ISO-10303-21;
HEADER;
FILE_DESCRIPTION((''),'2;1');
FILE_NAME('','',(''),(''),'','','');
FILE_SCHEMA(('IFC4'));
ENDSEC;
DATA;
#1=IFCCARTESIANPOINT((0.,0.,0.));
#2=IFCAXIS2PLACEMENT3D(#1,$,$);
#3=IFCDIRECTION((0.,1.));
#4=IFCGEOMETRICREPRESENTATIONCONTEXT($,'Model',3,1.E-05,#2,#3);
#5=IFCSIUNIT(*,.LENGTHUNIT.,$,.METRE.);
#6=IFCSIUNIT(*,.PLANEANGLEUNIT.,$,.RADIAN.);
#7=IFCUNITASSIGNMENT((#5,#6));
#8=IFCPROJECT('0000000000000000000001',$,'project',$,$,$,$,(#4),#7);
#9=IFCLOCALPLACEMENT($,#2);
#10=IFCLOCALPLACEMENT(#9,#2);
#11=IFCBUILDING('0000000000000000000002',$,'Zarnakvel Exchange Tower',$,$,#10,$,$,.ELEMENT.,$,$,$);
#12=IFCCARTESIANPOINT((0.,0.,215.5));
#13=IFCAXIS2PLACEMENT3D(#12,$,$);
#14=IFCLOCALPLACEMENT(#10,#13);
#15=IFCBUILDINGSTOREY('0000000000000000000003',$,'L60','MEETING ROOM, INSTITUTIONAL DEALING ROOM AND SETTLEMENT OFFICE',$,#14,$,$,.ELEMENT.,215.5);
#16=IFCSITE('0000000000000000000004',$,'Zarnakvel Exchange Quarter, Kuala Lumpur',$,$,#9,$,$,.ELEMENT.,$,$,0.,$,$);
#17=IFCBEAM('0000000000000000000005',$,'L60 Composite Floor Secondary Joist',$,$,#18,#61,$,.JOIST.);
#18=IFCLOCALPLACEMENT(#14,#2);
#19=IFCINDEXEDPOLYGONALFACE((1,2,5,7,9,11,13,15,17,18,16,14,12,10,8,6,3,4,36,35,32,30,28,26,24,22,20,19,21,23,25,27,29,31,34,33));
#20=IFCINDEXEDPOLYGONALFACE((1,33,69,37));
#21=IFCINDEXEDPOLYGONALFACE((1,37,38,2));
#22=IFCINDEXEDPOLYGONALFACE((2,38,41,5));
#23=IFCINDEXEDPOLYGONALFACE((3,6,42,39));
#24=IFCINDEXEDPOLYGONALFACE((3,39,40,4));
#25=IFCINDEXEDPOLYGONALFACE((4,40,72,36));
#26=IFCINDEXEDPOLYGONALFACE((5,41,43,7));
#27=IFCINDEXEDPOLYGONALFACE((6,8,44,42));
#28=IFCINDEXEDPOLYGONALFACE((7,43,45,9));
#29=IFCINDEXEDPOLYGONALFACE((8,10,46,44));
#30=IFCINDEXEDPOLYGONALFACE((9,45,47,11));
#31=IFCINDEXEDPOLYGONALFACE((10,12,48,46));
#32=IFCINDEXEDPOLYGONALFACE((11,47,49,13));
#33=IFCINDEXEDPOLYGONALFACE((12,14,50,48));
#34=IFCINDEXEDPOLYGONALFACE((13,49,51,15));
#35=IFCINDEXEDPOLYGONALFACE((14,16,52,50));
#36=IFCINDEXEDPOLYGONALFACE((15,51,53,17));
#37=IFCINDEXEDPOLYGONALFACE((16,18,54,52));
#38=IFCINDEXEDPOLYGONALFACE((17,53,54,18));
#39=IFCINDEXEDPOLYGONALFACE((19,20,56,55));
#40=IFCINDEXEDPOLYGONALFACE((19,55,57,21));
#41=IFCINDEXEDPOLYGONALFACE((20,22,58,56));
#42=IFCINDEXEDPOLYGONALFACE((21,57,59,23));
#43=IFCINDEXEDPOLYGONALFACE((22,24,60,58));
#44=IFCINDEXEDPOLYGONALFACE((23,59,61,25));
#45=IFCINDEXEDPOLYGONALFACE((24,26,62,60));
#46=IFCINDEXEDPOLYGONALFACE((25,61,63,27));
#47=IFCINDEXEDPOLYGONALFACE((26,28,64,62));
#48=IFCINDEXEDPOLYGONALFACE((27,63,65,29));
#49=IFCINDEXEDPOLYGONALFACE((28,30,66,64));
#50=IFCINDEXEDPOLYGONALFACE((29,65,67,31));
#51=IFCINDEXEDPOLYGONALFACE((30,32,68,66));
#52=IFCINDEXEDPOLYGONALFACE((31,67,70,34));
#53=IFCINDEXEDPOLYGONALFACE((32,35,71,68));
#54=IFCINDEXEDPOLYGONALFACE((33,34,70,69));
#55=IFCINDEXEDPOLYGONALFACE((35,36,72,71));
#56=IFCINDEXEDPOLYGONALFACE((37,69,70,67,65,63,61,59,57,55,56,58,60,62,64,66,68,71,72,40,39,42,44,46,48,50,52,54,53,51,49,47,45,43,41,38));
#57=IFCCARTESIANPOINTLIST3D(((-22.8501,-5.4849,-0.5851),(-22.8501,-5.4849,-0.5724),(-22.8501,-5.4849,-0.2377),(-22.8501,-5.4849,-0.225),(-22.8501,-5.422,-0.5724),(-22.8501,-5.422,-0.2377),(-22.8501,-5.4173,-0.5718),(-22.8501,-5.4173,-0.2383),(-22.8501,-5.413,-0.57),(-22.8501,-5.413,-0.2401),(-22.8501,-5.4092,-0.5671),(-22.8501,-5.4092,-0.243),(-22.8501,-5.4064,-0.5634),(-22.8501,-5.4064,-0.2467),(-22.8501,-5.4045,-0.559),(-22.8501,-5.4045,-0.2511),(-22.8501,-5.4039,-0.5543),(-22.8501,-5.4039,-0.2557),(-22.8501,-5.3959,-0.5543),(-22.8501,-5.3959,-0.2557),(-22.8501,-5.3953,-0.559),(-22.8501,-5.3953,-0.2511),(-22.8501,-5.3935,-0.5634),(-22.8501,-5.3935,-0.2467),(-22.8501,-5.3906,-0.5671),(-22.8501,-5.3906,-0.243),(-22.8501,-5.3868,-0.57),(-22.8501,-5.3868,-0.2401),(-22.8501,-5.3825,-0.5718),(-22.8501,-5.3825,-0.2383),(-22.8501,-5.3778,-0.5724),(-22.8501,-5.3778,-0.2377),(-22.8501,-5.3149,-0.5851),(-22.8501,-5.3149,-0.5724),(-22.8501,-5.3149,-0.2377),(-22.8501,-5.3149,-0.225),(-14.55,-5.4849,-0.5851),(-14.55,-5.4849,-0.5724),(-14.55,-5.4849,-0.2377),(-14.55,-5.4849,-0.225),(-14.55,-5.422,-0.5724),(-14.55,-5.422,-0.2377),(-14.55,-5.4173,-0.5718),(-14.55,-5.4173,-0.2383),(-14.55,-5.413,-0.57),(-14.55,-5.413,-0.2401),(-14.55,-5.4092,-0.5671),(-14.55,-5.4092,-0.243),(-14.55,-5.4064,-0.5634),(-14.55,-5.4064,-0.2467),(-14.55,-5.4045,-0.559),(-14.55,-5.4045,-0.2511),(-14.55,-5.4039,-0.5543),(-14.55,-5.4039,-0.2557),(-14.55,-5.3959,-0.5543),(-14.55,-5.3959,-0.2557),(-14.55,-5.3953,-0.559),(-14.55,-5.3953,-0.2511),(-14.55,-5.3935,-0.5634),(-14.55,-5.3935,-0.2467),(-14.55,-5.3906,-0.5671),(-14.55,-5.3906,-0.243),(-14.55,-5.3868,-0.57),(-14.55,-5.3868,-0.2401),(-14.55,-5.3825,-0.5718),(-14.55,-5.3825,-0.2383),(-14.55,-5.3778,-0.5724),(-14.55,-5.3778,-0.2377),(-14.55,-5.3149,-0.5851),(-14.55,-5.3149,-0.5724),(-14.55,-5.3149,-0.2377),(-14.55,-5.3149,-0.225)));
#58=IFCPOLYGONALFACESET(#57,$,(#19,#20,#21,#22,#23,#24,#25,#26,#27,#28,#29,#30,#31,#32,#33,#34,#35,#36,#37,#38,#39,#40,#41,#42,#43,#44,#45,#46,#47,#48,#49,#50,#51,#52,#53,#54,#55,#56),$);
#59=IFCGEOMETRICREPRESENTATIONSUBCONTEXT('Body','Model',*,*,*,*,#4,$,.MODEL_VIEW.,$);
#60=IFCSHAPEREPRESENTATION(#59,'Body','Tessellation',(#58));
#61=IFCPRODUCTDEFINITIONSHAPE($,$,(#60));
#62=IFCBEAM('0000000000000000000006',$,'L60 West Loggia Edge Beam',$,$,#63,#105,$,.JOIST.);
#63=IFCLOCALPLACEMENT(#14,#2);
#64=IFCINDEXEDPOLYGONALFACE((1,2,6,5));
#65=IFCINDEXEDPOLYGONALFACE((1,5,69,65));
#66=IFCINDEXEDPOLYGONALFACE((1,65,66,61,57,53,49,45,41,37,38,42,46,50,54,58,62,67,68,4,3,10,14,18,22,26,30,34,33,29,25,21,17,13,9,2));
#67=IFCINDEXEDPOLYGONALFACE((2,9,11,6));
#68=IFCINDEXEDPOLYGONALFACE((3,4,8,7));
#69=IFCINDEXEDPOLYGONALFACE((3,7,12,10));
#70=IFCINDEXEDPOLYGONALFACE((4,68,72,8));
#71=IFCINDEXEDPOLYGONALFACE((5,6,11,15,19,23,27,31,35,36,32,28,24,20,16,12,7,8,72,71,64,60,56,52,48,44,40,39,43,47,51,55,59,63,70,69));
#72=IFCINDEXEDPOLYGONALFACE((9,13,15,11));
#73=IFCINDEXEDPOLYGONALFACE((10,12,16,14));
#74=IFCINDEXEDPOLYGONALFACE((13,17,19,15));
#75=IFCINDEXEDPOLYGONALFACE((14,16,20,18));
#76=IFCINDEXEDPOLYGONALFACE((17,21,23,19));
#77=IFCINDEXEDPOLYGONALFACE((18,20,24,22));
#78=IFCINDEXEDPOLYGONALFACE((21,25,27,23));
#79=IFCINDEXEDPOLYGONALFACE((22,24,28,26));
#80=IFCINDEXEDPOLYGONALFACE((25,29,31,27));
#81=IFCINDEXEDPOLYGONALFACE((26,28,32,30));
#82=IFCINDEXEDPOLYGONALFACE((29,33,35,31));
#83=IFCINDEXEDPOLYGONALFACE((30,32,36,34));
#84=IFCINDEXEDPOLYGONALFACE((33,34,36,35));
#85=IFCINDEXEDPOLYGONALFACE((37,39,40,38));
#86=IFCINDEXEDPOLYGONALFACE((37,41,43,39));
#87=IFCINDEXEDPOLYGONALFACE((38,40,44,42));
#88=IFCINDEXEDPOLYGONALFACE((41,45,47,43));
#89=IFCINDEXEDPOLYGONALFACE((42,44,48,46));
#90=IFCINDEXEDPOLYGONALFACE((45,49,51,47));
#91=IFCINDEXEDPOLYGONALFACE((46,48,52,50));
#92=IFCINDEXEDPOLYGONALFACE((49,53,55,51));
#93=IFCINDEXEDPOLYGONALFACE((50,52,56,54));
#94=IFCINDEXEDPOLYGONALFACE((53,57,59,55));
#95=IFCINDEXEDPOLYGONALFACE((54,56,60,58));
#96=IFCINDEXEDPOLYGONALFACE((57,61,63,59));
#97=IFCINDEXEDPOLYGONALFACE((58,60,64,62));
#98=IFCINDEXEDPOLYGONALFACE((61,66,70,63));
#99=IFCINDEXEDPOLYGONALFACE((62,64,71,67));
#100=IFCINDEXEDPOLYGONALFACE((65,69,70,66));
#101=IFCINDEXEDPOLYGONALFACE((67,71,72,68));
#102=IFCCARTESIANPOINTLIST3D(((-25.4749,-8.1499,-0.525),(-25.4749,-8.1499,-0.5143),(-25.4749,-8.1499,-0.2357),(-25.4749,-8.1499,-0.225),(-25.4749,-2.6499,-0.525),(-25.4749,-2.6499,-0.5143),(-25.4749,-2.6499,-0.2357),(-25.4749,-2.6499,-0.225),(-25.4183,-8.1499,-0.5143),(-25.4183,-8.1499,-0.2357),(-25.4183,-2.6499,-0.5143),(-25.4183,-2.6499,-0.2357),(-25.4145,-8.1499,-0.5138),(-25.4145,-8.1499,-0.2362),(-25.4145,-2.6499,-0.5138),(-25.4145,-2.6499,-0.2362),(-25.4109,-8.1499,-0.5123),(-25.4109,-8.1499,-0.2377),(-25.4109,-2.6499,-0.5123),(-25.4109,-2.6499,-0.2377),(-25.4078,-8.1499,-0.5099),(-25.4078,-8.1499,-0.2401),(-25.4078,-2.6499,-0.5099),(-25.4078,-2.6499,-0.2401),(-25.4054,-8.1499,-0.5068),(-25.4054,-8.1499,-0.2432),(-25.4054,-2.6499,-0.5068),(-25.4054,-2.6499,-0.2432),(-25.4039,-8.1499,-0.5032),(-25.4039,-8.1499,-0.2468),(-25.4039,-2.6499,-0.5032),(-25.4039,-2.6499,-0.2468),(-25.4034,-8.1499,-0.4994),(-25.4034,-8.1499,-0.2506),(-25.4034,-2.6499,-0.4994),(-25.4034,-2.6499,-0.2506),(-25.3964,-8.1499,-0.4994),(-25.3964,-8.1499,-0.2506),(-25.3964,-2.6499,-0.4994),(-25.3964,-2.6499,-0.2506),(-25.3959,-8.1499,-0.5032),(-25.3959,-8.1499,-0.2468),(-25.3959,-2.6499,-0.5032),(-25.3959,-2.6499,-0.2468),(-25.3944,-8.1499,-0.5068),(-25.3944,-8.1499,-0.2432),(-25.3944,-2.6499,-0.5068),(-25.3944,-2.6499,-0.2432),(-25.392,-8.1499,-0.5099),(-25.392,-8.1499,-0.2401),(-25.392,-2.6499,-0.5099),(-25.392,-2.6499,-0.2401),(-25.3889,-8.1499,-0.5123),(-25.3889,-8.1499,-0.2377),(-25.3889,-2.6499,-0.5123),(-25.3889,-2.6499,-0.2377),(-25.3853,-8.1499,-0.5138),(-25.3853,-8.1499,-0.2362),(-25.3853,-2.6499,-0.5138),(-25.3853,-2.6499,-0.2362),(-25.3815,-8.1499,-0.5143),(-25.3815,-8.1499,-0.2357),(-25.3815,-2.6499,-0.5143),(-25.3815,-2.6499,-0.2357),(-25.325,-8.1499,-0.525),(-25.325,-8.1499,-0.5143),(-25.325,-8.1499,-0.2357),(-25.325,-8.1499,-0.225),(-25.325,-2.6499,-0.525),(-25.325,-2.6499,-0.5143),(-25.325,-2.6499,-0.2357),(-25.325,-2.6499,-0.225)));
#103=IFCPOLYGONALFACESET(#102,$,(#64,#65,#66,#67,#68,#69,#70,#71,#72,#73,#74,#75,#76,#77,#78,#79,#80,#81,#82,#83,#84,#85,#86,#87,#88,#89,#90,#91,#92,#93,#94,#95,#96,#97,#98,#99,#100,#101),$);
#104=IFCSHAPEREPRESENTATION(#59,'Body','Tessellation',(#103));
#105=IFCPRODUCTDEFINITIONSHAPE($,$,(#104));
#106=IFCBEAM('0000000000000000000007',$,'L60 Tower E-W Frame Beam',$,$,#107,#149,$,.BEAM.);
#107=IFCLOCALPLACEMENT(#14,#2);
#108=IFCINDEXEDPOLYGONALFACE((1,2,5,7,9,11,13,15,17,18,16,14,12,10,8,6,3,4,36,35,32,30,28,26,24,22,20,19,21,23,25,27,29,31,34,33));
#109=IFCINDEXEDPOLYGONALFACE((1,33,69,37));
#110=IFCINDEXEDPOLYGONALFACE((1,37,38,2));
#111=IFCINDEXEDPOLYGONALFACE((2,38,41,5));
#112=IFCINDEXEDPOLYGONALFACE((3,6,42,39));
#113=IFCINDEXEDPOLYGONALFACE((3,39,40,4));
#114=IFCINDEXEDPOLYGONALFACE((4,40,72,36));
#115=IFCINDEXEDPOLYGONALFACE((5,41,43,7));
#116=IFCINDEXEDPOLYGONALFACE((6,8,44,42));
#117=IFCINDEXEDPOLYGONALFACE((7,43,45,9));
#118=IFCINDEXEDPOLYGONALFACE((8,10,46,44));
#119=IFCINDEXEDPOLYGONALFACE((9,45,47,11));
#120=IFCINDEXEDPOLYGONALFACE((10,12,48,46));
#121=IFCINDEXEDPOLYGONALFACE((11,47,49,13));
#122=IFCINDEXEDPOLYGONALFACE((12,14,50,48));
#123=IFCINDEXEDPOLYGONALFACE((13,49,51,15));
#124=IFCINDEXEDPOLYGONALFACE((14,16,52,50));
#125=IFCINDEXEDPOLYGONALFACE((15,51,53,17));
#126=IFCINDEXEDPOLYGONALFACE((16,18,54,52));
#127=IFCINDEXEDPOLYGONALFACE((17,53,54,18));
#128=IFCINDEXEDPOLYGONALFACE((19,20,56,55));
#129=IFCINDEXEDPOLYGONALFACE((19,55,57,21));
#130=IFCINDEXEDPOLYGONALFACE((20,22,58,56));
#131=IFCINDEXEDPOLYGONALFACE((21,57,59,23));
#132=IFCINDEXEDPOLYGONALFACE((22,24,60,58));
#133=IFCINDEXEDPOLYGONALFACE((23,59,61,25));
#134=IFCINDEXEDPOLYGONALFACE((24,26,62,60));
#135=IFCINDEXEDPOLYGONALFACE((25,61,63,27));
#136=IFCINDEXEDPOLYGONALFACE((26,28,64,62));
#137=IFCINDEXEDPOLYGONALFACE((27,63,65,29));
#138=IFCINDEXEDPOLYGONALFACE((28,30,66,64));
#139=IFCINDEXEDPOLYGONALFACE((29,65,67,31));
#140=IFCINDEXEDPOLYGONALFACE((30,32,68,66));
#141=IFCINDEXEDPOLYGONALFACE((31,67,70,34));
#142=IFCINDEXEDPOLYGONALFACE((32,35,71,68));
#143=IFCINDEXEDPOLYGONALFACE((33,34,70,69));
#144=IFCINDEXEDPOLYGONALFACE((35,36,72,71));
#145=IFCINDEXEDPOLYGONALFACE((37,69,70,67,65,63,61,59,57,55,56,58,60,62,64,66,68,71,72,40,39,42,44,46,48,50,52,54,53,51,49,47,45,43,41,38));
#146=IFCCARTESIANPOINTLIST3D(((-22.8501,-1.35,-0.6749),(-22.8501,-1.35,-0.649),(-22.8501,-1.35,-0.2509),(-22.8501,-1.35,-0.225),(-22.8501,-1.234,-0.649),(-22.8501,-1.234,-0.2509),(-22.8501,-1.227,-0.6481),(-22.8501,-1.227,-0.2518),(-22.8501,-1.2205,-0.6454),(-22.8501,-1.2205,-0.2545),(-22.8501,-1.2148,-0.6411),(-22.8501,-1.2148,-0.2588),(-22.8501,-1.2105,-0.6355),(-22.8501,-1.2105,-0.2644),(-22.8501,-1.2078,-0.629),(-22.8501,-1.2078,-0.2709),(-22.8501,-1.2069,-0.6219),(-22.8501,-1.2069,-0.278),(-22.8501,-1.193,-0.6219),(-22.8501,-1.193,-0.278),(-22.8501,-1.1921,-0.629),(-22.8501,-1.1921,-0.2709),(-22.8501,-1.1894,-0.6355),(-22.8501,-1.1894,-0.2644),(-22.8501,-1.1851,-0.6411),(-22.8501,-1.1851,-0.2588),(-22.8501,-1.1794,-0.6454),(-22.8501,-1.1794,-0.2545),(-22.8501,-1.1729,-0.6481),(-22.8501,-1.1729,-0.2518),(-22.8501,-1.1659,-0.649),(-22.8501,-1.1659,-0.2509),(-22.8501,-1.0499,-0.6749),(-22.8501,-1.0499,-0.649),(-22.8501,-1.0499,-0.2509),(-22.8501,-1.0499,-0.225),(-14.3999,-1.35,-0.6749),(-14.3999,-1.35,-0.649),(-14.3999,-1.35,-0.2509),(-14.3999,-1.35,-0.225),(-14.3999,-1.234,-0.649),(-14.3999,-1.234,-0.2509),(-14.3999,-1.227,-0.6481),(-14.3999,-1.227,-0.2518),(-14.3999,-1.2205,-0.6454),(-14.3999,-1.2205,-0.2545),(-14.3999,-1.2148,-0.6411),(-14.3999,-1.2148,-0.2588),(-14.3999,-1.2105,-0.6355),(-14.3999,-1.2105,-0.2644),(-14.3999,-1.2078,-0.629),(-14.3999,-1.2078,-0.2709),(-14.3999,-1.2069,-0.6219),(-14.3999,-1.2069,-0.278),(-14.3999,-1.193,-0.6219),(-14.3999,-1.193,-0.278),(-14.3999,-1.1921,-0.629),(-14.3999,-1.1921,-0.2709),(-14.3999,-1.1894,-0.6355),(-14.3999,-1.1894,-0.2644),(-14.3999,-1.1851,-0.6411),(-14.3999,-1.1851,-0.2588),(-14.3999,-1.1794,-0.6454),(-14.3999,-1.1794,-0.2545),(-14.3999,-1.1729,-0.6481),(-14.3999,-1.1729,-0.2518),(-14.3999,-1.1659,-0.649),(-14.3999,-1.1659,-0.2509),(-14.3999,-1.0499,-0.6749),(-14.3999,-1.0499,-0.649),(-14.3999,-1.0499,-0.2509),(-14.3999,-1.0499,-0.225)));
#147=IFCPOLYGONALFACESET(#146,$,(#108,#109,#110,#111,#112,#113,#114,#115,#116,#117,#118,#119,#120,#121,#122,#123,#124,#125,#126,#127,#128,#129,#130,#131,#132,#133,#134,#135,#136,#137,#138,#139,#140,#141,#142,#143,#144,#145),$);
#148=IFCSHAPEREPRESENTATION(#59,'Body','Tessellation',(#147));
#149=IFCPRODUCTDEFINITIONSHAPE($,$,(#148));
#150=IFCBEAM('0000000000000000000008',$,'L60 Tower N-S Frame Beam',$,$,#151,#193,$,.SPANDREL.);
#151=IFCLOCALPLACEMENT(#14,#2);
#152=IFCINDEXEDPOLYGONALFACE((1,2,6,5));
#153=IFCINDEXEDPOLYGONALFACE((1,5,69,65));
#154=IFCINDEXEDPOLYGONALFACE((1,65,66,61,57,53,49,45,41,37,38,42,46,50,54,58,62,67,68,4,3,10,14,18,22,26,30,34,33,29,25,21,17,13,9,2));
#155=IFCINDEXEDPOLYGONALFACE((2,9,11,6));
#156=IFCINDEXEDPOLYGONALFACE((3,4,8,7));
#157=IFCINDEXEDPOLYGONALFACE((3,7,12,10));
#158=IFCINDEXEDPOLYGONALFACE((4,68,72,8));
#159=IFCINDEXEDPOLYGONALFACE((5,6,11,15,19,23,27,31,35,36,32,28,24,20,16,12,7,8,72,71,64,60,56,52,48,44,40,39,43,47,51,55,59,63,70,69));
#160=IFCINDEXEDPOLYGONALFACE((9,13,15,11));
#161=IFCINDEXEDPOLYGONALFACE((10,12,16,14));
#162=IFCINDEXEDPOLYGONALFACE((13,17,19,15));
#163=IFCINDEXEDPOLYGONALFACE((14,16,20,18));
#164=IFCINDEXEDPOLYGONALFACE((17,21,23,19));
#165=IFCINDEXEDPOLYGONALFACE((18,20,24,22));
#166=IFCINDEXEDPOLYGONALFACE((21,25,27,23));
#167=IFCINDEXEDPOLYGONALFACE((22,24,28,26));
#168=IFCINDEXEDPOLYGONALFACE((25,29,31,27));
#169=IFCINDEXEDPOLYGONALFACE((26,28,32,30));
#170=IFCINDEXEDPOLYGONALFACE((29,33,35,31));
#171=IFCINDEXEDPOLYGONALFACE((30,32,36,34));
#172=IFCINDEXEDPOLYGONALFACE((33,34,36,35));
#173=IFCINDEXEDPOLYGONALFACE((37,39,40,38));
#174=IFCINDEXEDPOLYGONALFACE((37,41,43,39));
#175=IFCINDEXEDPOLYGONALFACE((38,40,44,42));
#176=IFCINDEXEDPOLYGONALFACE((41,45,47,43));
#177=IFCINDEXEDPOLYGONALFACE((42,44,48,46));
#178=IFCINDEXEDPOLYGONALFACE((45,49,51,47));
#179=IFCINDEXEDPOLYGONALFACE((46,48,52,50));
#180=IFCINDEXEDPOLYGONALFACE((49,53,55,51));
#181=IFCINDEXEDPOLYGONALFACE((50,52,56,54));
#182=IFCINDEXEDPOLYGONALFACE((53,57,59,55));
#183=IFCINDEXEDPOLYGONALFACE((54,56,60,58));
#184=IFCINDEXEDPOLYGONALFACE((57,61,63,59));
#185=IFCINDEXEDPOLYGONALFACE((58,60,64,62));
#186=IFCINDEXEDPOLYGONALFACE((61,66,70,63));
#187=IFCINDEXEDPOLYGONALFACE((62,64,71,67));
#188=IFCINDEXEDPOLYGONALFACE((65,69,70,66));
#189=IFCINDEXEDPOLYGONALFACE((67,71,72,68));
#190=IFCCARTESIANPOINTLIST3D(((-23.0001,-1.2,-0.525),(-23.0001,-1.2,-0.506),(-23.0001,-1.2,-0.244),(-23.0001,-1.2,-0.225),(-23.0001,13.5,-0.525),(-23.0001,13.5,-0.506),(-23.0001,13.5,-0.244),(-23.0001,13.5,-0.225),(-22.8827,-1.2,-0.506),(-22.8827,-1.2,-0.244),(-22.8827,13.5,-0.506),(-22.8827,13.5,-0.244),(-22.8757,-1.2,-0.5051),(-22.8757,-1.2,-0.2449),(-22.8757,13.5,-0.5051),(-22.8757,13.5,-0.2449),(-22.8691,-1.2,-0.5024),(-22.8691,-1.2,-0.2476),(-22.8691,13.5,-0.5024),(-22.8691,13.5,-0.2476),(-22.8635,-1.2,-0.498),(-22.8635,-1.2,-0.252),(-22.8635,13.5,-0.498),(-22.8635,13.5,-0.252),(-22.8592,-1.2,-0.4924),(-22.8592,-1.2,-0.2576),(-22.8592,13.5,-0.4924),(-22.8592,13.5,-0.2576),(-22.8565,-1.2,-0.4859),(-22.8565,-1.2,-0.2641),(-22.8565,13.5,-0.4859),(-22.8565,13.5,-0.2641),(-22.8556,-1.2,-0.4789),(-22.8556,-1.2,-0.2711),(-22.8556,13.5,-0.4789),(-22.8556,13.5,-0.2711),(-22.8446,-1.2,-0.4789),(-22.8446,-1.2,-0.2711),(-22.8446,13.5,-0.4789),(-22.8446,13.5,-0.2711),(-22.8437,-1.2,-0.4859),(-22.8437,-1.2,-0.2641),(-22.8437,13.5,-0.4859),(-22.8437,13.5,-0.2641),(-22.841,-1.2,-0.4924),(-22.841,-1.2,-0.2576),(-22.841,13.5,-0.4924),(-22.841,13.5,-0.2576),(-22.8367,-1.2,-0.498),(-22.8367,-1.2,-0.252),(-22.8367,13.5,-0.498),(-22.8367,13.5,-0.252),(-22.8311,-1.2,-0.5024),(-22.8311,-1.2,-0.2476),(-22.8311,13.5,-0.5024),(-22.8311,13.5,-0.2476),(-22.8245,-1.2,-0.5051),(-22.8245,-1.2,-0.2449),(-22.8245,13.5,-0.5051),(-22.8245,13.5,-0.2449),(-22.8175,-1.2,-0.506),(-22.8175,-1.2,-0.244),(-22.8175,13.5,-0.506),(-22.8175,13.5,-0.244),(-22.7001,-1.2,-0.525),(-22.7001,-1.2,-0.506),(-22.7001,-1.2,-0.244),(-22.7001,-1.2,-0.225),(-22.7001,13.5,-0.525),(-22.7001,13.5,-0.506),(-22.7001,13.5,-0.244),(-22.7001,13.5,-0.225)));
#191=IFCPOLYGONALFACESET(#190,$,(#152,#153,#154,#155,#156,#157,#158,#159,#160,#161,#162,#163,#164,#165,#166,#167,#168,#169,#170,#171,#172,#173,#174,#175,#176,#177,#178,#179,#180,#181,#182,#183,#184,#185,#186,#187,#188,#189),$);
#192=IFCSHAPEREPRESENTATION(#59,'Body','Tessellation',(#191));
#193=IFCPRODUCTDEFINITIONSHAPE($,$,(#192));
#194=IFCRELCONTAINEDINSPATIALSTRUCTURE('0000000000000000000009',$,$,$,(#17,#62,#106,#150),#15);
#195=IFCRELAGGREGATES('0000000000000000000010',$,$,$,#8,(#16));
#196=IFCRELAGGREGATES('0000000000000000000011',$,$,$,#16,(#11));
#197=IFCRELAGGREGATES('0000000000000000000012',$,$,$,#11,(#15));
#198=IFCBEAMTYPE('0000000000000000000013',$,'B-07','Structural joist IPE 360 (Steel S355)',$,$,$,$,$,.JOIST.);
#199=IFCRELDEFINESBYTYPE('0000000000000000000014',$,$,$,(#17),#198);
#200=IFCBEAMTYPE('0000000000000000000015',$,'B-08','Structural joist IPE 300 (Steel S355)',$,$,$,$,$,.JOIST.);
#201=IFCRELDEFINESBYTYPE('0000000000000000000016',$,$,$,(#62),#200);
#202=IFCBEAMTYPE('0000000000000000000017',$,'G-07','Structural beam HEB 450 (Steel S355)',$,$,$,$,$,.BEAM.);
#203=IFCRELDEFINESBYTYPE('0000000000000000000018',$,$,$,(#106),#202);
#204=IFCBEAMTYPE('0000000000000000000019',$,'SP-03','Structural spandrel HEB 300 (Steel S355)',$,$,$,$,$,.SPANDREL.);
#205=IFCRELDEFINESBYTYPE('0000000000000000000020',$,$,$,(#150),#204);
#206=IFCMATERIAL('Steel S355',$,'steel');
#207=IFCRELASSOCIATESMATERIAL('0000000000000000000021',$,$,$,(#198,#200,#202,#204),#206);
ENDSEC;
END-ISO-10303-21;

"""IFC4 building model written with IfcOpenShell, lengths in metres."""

from ifc_helpers import new_model, si_unit, direction, frame, origin, origin_2d, place, context, subcontext, project, spatial, i_section, extrude, material, material_profile, profile_set, type_object, element, save


model = new_model("IFC4")

# Units and contexts
model_context = context("Model", 3, precision=1e-05, world=origin(), true_north=direction((0.0, 1.0)))
body_context = subcontext(model_context, "Body", "Model", "MODEL_VIEW")
ifc_project = project(units=[si_unit("LENGTHUNIT", "METRE"), si_unit("PLANEANGLEUNIT", "RADIAN")], contexts=[model_context])

# Site, building, storey
site_placement = place(None, origin())
site = spatial("IfcSite", under=ifc_project, at=site_placement, Name="Zarnakvel Exchange Quarter, Kuala Lumpur", CompositionType="ELEMENT", RefElevation=0.0)
building_placement = place(site_placement, origin())
building = spatial("IfcBuilding", under=site, at=building_placement, Name="Zarnakvel Exchange Tower", CompositionType="ELEMENT")
storey_placement = place(building_placement, frame((0.0, 0.0, 215.5)))
storey = spatial("IfcBuildingStorey", under=building, at=storey_placement, Name="L60", Description="MEETING ROOM, INSTITUTIONAL DEALING ROOM AND SETTLEMENT OFFICE", CompositionType="ELEMENT", Elevation=215.5)

# Shared definitions
ifc_material_1 = material(Name="Steel S355", Category="steel")

# Beams
ifc_material_profile_1 = material_profile(ifc_material_1, i_section(OverallWidth=0.1699, OverallDepth=0.3601, WebThickness=0.0081, FlangeThickness=0.0127, FilletRadius=0.0181, at=origin_2d()))
ifc_profile_set_1 = profile_set([ifc_material_profile_1], Name="Steel S355")
beam_type_1 = type_object("IfcBeamType", Name="B-07", Description="Structural joist IPE 360 (Steel S355)", PredefinedType="JOIST", material=ifc_profile_set_1)
beam_1_placement = place(storey_placement, frame((-22.8501, -5.3999, -0.405), z_axis=(1.0, 0.0, 0.0), x_axis=(0.0, 1.0, 0.0)))
element("IfcBeam", 1, at=beam_1_placement, inside=storey, type_object=beam_type_1, Name="L60 Composite Floor Secondary Joist", PredefinedType="JOIST", context=body_context, shape_type="SweptSolid", body=[
    extrude(i_section(OverallWidth=0.1699, OverallDepth=0.3601, WebThickness=0.0081, FlangeThickness=0.0127, FilletRadius=0.0181, at=origin_2d()), origin(), (0.0, 0.0, 1.0), 8.3),
])
ifc_material_profile_2 = material_profile(ifc_material_1, i_section(OverallWidth=0.1499, OverallDepth=0.3, WebThickness=0.0071, FlangeThickness=0.0107, FilletRadius=0.0149, at=origin_2d()))
ifc_profile_set_2 = profile_set([ifc_material_profile_2], Name="Steel S355")
beam_type_2 = type_object("IfcBeamType", Name="B-08", Description="Structural joist IPE 300 (Steel S355)", PredefinedType="JOIST", material=ifc_profile_set_2)
beam_2_placement = place(storey_placement, frame((-25.3999, -8.1499, -0.375), z_axis=(0.0, 1.0, 0.0), x_axis=(-1.0, 0.0, 0.0)))
element("IfcBeam", 2, at=beam_2_placement, inside=storey, type_object=beam_type_2, Name="L60 West Loggia Edge Beam", PredefinedType="JOIST", context=body_context, shape_type="SweptSolid", body=[
    extrude(i_section(OverallWidth=0.1499, OverallDepth=0.3, WebThickness=0.0071, FlangeThickness=0.0107, FilletRadius=0.0149, at=origin_2d()), origin(), (0.0, 0.0, 1.0), 5.5),
])
ifc_material_profile_3 = material_profile(ifc_material_1, i_section(OverallWidth=0.3, OverallDepth=0.45, WebThickness=0.0139, FlangeThickness=0.0259, FilletRadius=0.0271, at=origin_2d()))
ifc_profile_set_3 = profile_set([ifc_material_profile_3], Name="Steel S355")
beam_type_3 = type_object("IfcBeamType", Name="G-07", Description="Structural beam HEB 450 (Steel S355)", PredefinedType="BEAM", material=ifc_profile_set_3)
beam_3_placement = place(storey_placement, frame((-22.8501, -1.2, -0.45), z_axis=(1.0, 0.0, 0.0), x_axis=(0.0, 1.0, 0.0)))
element("IfcBeam", 3, at=beam_3_placement, inside=storey, type_object=beam_type_3, Name="L60 Tower E-W Frame Beam", PredefinedType="BEAM", context=body_context, shape_type="SweptSolid", body=[
    extrude(i_section(OverallWidth=0.3, OverallDepth=0.45, WebThickness=0.0139, FlangeThickness=0.0259, FilletRadius=0.0271, at=origin_2d()), origin(), (0.0, 0.0, 1.0), 8.4502),
])
ifc_material_profile_4 = material_profile(ifc_material_1, i_section(OverallWidth=0.3, OverallDepth=0.3, WebThickness=0.011, FlangeThickness=0.019, FilletRadius=0.0271, at=origin_2d()))
ifc_profile_set_4 = profile_set([ifc_material_profile_4], Name="Steel S355")
beam_type_4 = type_object("IfcBeamType", Name="SP-03", Description="Structural spandrel HEB 300 (Steel S355)", PredefinedType="SPANDREL", material=ifc_profile_set_4)
beam_4_placement = place(storey_placement, frame((-22.8501, -1.2, -0.375), z_axis=(0.0, 1.0, 0.0), x_axis=(-1.0, 0.0, 0.0)))
element("IfcBeam", 4, at=beam_4_placement, inside=storey, type_object=beam_type_4, Name="L60 Tower N-S Frame Beam", PredefinedType="SPANDREL", context=body_context, shape_type="SweptSolid", body=[
    extrude(i_section(OverallWidth=0.3, OverallDepth=0.3, WebThickness=0.011, FlangeThickness=0.019, FilletRadius=0.0271, at=origin_2d()), origin(), (0.0, 0.0, 1.0), 14.7),
])

save(model, "model.ifc")
